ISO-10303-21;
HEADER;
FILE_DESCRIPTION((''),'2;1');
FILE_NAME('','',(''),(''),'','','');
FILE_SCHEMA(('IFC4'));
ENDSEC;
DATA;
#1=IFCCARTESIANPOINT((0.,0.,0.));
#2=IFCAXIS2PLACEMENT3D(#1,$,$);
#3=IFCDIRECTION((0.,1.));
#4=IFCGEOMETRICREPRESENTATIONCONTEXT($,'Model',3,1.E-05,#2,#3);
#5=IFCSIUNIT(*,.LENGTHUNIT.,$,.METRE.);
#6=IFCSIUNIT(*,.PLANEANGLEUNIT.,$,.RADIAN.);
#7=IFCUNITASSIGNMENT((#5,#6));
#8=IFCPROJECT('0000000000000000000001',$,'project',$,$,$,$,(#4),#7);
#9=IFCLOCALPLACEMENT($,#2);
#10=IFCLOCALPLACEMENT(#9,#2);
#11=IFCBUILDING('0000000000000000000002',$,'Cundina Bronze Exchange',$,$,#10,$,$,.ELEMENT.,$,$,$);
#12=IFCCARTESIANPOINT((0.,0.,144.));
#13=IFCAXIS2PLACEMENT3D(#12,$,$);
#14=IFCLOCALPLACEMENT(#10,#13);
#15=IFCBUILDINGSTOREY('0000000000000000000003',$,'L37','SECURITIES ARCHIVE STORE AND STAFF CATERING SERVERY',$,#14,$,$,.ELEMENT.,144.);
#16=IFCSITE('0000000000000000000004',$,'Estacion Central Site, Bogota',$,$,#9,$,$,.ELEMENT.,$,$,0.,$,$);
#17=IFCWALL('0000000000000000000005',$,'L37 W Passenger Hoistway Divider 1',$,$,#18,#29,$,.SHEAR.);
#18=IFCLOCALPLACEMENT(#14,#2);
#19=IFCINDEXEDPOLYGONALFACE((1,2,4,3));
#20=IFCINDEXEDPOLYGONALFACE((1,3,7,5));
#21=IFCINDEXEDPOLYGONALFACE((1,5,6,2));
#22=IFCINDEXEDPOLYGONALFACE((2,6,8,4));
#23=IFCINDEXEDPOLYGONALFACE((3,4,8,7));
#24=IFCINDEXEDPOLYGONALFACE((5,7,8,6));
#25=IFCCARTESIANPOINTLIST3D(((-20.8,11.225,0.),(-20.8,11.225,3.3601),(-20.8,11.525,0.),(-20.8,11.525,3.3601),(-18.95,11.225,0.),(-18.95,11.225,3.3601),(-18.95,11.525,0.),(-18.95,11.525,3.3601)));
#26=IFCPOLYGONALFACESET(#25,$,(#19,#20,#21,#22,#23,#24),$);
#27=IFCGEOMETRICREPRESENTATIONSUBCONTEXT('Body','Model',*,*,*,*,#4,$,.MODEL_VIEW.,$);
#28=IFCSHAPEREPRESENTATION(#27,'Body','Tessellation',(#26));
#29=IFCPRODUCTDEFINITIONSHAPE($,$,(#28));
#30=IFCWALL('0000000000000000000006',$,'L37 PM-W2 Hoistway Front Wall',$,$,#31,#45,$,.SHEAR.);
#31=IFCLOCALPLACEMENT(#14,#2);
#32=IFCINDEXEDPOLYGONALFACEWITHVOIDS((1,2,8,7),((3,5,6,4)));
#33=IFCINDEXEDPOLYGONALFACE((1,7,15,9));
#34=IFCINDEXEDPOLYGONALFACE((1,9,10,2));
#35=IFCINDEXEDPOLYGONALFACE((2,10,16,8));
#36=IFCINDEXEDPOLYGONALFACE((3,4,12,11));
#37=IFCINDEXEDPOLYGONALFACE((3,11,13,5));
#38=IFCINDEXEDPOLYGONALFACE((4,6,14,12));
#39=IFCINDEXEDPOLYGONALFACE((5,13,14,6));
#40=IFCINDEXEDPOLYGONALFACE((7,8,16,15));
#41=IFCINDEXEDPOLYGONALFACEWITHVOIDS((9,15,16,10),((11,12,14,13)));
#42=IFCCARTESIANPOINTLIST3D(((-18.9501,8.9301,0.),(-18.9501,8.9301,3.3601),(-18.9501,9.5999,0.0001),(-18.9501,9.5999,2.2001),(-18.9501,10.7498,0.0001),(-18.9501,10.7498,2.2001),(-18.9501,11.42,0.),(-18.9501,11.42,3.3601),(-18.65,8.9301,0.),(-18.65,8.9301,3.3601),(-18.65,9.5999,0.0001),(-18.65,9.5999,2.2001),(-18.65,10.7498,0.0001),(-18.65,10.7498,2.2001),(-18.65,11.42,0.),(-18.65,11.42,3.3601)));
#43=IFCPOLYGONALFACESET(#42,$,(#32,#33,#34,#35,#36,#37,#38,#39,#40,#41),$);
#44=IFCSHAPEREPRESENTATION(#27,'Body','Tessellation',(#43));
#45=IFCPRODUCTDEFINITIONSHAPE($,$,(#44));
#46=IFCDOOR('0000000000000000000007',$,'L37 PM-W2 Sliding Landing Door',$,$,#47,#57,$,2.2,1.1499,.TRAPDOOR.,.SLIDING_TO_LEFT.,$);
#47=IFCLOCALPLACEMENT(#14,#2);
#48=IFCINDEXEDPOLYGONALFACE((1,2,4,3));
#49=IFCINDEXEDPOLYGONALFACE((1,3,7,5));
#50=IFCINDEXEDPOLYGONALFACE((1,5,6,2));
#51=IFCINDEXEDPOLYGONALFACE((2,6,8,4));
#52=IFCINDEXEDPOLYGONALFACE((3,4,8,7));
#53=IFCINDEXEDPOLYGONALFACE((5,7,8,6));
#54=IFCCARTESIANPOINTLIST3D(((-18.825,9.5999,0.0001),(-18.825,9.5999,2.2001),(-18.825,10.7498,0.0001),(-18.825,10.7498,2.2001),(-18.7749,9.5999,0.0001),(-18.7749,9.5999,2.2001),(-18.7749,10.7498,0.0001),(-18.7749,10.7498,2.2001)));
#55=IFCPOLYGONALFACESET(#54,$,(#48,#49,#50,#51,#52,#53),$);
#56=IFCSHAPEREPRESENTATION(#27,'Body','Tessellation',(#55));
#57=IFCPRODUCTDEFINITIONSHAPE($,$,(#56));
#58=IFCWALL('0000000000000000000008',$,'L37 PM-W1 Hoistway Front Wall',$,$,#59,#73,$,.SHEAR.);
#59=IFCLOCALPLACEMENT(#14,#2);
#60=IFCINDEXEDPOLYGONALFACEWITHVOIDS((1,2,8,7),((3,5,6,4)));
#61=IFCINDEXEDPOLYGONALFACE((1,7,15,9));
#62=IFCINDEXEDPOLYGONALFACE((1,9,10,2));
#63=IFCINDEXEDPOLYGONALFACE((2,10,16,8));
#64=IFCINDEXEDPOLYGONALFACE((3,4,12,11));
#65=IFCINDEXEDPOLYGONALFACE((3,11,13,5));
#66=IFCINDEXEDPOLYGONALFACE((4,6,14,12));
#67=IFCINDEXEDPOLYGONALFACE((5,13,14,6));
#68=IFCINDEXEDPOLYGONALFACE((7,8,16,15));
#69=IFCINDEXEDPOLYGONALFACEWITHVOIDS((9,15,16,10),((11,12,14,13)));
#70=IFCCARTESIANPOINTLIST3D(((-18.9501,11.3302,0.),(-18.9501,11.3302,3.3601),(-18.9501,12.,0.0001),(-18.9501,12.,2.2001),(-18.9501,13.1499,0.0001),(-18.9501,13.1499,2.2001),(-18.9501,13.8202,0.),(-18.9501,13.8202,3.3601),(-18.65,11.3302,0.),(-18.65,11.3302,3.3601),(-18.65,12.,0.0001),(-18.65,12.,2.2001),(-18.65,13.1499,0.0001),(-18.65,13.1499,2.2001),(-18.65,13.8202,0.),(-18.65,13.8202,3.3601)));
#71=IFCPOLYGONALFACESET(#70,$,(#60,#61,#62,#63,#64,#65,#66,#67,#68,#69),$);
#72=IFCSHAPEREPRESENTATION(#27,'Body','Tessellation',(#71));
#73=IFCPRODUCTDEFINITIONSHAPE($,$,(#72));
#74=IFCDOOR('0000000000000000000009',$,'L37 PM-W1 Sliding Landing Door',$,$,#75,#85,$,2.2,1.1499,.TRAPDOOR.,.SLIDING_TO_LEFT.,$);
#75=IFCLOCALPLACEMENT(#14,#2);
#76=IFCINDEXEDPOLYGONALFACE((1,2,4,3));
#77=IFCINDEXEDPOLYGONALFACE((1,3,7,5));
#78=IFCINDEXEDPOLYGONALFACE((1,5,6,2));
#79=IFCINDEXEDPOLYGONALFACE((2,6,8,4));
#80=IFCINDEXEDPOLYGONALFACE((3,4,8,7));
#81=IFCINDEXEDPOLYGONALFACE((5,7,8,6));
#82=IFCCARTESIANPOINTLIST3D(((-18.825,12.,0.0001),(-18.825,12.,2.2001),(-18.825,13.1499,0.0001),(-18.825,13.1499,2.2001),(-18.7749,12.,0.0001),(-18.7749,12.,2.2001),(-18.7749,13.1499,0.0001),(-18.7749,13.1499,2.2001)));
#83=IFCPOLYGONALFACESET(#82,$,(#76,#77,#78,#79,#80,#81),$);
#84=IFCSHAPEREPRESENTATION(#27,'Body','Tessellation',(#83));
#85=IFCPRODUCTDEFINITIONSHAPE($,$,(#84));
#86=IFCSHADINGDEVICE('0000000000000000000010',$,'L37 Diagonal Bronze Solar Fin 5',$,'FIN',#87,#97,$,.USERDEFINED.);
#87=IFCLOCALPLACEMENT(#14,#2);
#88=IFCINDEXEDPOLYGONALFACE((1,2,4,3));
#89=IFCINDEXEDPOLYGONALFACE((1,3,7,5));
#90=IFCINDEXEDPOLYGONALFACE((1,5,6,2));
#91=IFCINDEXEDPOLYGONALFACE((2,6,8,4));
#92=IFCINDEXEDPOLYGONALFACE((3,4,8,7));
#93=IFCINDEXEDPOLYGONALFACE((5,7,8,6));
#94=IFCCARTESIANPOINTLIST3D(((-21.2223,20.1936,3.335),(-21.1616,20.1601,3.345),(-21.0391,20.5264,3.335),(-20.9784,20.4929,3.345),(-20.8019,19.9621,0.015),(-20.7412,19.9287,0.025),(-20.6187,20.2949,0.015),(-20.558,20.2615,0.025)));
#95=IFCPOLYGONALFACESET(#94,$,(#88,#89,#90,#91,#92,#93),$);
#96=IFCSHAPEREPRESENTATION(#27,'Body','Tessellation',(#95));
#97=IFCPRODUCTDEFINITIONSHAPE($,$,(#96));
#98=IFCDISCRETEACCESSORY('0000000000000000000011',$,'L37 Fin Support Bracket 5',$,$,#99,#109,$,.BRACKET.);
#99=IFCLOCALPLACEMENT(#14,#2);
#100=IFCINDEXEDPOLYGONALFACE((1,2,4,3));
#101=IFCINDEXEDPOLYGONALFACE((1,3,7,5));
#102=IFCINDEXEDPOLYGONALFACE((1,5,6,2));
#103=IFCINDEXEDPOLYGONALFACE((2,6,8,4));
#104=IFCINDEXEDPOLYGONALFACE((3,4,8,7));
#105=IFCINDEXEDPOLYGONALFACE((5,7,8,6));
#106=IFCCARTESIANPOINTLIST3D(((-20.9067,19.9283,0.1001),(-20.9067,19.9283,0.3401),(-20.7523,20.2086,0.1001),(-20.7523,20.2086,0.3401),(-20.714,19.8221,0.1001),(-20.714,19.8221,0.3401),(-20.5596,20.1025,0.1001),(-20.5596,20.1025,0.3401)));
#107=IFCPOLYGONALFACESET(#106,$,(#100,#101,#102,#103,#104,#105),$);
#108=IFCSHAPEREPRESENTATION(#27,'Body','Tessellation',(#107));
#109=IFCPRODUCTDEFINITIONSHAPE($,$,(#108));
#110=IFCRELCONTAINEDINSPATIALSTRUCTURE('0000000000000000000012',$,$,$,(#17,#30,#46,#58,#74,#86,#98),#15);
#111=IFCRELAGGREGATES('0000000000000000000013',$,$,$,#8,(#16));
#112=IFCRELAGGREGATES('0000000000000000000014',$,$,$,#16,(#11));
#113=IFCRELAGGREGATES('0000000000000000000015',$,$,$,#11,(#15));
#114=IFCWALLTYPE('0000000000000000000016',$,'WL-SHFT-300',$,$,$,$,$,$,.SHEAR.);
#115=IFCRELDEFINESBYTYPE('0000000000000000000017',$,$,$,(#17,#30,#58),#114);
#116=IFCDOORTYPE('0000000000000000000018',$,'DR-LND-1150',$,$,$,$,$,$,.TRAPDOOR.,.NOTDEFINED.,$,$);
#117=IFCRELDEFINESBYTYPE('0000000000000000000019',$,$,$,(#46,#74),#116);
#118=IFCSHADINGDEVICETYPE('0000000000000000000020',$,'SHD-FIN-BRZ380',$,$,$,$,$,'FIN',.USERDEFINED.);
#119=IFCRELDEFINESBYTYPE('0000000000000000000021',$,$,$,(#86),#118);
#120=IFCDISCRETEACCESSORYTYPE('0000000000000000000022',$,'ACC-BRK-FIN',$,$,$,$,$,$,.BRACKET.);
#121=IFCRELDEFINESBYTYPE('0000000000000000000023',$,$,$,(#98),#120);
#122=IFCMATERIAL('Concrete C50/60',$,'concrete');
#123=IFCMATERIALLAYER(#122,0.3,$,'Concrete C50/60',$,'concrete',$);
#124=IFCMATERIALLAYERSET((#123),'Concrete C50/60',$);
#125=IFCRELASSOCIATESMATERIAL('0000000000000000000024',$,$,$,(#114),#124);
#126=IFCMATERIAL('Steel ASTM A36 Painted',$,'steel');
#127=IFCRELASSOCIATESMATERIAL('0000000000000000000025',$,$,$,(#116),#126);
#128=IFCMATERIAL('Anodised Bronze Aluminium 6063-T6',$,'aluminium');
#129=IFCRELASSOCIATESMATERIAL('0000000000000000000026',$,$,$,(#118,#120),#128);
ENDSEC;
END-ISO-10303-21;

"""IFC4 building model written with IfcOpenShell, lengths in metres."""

from ifc_helpers import new_model, si_unit, direction, frame, frame_2d, origin, origin_2d, place, context, subcontext, project, spatial, rectangle, extrude, material, layer, layer_set, material_profile, profile_set, type_object, element, fill, save


model = new_model("IFC4")

# Units and contexts
model_context = context("Model", 3, precision=1e-05, world=origin(), true_north=direction((0.0, 1.0)))
body_context = subcontext(model_context, "Body", "Model", "MODEL_VIEW")
ifc_project = project(units=[si_unit("LENGTHUNIT", "METRE"), si_unit("PLANEANGLEUNIT", "RADIAN")], contexts=[model_context])

# Site, building, storey
site_placement = place(None, origin())
site = spatial("IfcSite", under=ifc_project, at=site_placement, Name="Estacion Central Site, Bogota", CompositionType="ELEMENT", RefElevation=0.0)
building_placement = place(site_placement, origin())
building = spatial("IfcBuilding", under=site, at=building_placement, Name="Cundina Bronze Exchange", CompositionType="ELEMENT")
storey_placement = place(building_placement, frame((0.0, 0.0, 144.0)))
storey = spatial("IfcBuildingStorey", under=building, at=storey_placement, Name="L37", Description="SECURITIES ARCHIVE STORE AND STAFF CATERING SERVERY", CompositionType="ELEMENT", Elevation=144.0)

# Shared definitions
ifc_material_1 = material(Name="Concrete C50/60", Category="concrete")

# Shared definitions
ifc_material_2 = material(Name="Anodised Bronze Aluminium 6063-T6", Category="aluminium")

# Wall
ifc_layer_1 = layer(ifc_material_1, 0.3, Name="Concrete C50/60", Category="concrete")
ifc_layer_set_1 = layer_set([ifc_layer_1], Name="Concrete C50/60")
wall_type_1 = type_object("IfcWallType", Name="WL-SHFT-300", PredefinedType="SHEAR", material=ifc_layer_set_1)
wall_1_placement = place(storey_placement, frame((-20.8, 11.375, 0.0), z_axis=(0.0, 0.0, 1.0), x_axis=(1.0, 0.0, 0.0)))
element("IfcWall", 1, at=wall_1_placement, inside=storey, type_object=wall_type_1, Name="L37 W Passenger Hoistway Divider 1", PredefinedType="SHEAR", context=body_context, shape_type="SweptSolid", body=[
    extrude(rectangle(XDim=1.8501, YDim=0.3, at=frame_2d((0.925, 0.0))), origin(), (0.0, 0.0, 1.0), 3.3601),
])

# Walls, openings, doors
wall_2_placement = place(storey_placement, frame((-18.8, 8.9299, 0.0), z_axis=(0.0, 0.0, 1.0), x_axis=(0.0, 1.0, 0.0)))
wall_2 = element("IfcWall", 2, at=wall_2_placement, inside=storey, type_object=wall_type_1, Name="L37 PM-W2 Hoistway Front Wall", PredefinedType="SHEAR", context=body_context, shape_type="SweptSolid", body=[
    extrude(rectangle(XDim=2.49, YDim=0.3, at=frame_2d((1.2451, 0.0))), origin(), (0.0, 0.0, 1.0), 3.3601),
])
opening_1_placement = place(wall_2_placement, frame((0.6699, 0.0, 0.0)))
opening_1 = element("IfcOpeningElement", 3, at=opening_1_placement, cuts=wall_2, PredefinedType="OPENING", context=body_context, shape_type="SweptSolid", body=[
    extrude(rectangle(XDim=1.1499, YDim=2.2, at=frame_2d((0.575, 1.1001))), frame((0.0, 0.1599, 0.0), z_axis=(0.0, -1.0, 0.0), x_axis=(1.0, 0.0, 0.0)), (0.0, 0.0, 1.0), 0.3201),
])
ifc_material_3 = material(Name="Steel ASTM A36 Painted", Category="steel")
door_type_1 = type_object("IfcDoorType", Name="DR-LND-1150", OperationType="NOTDEFINED", PredefinedType="TRAPDOOR", material=ifc_material_3)
door_1_placement = place(opening_1_placement, origin())
door_1 = element("IfcDoor", 4, at=door_1_placement, inside=storey, type_object=door_type_1, Name="L37 PM-W2 Sliding Landing Door", OperationType="SLIDING_TO_LEFT", OverallHeight=2.2, OverallWidth=1.1499, PredefinedType="TRAPDOOR", context=body_context, shape_type="SweptSolid", body=[
    extrude(rectangle(XDim=1.1499, YDim=2.2, at=frame_2d((0.575, 1.1001))), frame((0.0, 0.0249, 0.0), z_axis=(0.0, -1.0, 0.0), x_axis=(1.0, 0.0, 0.0)), (0.0, 0.0, 1.0), 0.05),
])
fill(opening_1, door_1)
wall_3_placement = place(storey_placement, frame((-18.8, 11.3301, 0.0), z_axis=(0.0, 0.0, 1.0), x_axis=(0.0, 1.0, 0.0)))
wall_3 = element("IfcWall", 5, at=wall_3_placement, inside=storey, type_object=wall_type_1, Name="L37 PM-W1 Hoistway Front Wall", PredefinedType="SHEAR", context=body_context, shape_type="SweptSolid", body=[
    extrude(rectangle(XDim=2.49, YDim=0.3, at=frame_2d((1.2451, 0.0))), origin(), (0.0, 0.0, 1.0), 3.3601),
])
opening_2_placement = place(wall_3_placement, frame((0.6699, 0.0, 0.0)))
opening_2 = element("IfcOpeningElement", 6, at=opening_2_placement, cuts=wall_3, PredefinedType="OPENING", context=body_context, shape_type="SweptSolid", body=[
    extrude(rectangle(XDim=1.1499, YDim=2.2, at=frame_2d((0.575, 1.1001))), frame((0.0, 0.1599, 0.0), z_axis=(0.0, -1.0, 0.0), x_axis=(1.0, 0.0, 0.0)), (0.0, 0.0, 1.0), 0.3201),
])
door_2_placement = place(opening_2_placement, origin())
door_2 = element("IfcDoor", 7, at=door_2_placement, inside=storey, type_object=door_type_1, Name="L37 PM-W1 Sliding Landing Door", OperationType="SLIDING_TO_LEFT", OverallHeight=2.2, OverallWidth=1.1499, PredefinedType="TRAPDOOR", context=body_context, shape_type="SweptSolid", body=[
    extrude(rectangle(XDim=1.1499, YDim=2.2, at=frame_2d((0.575, 1.1001))), frame((0.0, 0.0249, 0.0), z_axis=(0.0, -1.0, 0.0), x_axis=(1.0, 0.0, 0.0)), (0.0, 0.0, 1.0), 0.05),
])
fill(opening_2, door_2)

# Shading device
ifc_material_profile_1 = material_profile(ifc_material_2, rectangle(XDim=0.0701, YDim=0.3799, at=origin_2d()), Name="FIN70X380", Category="aluminium")
ifc_profile_set_1 = profile_set([ifc_material_profile_1], Name="Anodised Bronze Aluminium 6063-T6")
shading_device_type = type_object("IfcShadingDeviceType", Name="SHD-FIN-BRZ380", ElementType="FIN", PredefinedType="USERDEFINED", material=ifc_profile_set_1)
shading_device_placement = place(storey_placement, frame((-20.6799, 20.1118, 0.02), z_axis=(-0.125324, 0.068994, 0.989714), x_axis=(0.867012, -0.47731, 0.143061)))
element("IfcShadingDevice", 8, at=shading_device_placement, inside=storey, type_object=shading_device_type, Name="L37 Diagonal Bronze Solar Fin 5", ObjectType="FIN", PredefinedType="USERDEFINED", context=body_context, shape_type="SweptSolid", body=[
    extrude(rectangle(XDim=0.0701, YDim=0.3799, at=origin_2d()), origin(), (0.0, 0.0, 1.0), 3.3545),
])

# Discrete accessory
discrete_accessory_type = type_object("IfcDiscreteAccessoryType", Name="ACC-BRK-FIN", PredefinedType="BRACKET", material=ifc_material_2)
discrete_accessory_placement = place(storey_placement, frame((-20.7332, 20.0154, 0.1001), z_axis=(0.0, 0.0, 1.0), x_axis=(-0.875869, 0.482549, 0.0)))
element("IfcDiscreteAccessory", 9, at=discrete_accessory_placement, inside=storey, type_object=discrete_accessory_type, Name="L37 Fin Support Bracket 5", PredefinedType="BRACKET", context=body_context, shape_type="SweptSolid", body=[
    extrude(rectangle(XDim=0.22, YDim=0.3201, at=origin_2d()), origin(), (0.0, 0.0, 1.0), 0.24),
])

save(model, "model.ifc")
